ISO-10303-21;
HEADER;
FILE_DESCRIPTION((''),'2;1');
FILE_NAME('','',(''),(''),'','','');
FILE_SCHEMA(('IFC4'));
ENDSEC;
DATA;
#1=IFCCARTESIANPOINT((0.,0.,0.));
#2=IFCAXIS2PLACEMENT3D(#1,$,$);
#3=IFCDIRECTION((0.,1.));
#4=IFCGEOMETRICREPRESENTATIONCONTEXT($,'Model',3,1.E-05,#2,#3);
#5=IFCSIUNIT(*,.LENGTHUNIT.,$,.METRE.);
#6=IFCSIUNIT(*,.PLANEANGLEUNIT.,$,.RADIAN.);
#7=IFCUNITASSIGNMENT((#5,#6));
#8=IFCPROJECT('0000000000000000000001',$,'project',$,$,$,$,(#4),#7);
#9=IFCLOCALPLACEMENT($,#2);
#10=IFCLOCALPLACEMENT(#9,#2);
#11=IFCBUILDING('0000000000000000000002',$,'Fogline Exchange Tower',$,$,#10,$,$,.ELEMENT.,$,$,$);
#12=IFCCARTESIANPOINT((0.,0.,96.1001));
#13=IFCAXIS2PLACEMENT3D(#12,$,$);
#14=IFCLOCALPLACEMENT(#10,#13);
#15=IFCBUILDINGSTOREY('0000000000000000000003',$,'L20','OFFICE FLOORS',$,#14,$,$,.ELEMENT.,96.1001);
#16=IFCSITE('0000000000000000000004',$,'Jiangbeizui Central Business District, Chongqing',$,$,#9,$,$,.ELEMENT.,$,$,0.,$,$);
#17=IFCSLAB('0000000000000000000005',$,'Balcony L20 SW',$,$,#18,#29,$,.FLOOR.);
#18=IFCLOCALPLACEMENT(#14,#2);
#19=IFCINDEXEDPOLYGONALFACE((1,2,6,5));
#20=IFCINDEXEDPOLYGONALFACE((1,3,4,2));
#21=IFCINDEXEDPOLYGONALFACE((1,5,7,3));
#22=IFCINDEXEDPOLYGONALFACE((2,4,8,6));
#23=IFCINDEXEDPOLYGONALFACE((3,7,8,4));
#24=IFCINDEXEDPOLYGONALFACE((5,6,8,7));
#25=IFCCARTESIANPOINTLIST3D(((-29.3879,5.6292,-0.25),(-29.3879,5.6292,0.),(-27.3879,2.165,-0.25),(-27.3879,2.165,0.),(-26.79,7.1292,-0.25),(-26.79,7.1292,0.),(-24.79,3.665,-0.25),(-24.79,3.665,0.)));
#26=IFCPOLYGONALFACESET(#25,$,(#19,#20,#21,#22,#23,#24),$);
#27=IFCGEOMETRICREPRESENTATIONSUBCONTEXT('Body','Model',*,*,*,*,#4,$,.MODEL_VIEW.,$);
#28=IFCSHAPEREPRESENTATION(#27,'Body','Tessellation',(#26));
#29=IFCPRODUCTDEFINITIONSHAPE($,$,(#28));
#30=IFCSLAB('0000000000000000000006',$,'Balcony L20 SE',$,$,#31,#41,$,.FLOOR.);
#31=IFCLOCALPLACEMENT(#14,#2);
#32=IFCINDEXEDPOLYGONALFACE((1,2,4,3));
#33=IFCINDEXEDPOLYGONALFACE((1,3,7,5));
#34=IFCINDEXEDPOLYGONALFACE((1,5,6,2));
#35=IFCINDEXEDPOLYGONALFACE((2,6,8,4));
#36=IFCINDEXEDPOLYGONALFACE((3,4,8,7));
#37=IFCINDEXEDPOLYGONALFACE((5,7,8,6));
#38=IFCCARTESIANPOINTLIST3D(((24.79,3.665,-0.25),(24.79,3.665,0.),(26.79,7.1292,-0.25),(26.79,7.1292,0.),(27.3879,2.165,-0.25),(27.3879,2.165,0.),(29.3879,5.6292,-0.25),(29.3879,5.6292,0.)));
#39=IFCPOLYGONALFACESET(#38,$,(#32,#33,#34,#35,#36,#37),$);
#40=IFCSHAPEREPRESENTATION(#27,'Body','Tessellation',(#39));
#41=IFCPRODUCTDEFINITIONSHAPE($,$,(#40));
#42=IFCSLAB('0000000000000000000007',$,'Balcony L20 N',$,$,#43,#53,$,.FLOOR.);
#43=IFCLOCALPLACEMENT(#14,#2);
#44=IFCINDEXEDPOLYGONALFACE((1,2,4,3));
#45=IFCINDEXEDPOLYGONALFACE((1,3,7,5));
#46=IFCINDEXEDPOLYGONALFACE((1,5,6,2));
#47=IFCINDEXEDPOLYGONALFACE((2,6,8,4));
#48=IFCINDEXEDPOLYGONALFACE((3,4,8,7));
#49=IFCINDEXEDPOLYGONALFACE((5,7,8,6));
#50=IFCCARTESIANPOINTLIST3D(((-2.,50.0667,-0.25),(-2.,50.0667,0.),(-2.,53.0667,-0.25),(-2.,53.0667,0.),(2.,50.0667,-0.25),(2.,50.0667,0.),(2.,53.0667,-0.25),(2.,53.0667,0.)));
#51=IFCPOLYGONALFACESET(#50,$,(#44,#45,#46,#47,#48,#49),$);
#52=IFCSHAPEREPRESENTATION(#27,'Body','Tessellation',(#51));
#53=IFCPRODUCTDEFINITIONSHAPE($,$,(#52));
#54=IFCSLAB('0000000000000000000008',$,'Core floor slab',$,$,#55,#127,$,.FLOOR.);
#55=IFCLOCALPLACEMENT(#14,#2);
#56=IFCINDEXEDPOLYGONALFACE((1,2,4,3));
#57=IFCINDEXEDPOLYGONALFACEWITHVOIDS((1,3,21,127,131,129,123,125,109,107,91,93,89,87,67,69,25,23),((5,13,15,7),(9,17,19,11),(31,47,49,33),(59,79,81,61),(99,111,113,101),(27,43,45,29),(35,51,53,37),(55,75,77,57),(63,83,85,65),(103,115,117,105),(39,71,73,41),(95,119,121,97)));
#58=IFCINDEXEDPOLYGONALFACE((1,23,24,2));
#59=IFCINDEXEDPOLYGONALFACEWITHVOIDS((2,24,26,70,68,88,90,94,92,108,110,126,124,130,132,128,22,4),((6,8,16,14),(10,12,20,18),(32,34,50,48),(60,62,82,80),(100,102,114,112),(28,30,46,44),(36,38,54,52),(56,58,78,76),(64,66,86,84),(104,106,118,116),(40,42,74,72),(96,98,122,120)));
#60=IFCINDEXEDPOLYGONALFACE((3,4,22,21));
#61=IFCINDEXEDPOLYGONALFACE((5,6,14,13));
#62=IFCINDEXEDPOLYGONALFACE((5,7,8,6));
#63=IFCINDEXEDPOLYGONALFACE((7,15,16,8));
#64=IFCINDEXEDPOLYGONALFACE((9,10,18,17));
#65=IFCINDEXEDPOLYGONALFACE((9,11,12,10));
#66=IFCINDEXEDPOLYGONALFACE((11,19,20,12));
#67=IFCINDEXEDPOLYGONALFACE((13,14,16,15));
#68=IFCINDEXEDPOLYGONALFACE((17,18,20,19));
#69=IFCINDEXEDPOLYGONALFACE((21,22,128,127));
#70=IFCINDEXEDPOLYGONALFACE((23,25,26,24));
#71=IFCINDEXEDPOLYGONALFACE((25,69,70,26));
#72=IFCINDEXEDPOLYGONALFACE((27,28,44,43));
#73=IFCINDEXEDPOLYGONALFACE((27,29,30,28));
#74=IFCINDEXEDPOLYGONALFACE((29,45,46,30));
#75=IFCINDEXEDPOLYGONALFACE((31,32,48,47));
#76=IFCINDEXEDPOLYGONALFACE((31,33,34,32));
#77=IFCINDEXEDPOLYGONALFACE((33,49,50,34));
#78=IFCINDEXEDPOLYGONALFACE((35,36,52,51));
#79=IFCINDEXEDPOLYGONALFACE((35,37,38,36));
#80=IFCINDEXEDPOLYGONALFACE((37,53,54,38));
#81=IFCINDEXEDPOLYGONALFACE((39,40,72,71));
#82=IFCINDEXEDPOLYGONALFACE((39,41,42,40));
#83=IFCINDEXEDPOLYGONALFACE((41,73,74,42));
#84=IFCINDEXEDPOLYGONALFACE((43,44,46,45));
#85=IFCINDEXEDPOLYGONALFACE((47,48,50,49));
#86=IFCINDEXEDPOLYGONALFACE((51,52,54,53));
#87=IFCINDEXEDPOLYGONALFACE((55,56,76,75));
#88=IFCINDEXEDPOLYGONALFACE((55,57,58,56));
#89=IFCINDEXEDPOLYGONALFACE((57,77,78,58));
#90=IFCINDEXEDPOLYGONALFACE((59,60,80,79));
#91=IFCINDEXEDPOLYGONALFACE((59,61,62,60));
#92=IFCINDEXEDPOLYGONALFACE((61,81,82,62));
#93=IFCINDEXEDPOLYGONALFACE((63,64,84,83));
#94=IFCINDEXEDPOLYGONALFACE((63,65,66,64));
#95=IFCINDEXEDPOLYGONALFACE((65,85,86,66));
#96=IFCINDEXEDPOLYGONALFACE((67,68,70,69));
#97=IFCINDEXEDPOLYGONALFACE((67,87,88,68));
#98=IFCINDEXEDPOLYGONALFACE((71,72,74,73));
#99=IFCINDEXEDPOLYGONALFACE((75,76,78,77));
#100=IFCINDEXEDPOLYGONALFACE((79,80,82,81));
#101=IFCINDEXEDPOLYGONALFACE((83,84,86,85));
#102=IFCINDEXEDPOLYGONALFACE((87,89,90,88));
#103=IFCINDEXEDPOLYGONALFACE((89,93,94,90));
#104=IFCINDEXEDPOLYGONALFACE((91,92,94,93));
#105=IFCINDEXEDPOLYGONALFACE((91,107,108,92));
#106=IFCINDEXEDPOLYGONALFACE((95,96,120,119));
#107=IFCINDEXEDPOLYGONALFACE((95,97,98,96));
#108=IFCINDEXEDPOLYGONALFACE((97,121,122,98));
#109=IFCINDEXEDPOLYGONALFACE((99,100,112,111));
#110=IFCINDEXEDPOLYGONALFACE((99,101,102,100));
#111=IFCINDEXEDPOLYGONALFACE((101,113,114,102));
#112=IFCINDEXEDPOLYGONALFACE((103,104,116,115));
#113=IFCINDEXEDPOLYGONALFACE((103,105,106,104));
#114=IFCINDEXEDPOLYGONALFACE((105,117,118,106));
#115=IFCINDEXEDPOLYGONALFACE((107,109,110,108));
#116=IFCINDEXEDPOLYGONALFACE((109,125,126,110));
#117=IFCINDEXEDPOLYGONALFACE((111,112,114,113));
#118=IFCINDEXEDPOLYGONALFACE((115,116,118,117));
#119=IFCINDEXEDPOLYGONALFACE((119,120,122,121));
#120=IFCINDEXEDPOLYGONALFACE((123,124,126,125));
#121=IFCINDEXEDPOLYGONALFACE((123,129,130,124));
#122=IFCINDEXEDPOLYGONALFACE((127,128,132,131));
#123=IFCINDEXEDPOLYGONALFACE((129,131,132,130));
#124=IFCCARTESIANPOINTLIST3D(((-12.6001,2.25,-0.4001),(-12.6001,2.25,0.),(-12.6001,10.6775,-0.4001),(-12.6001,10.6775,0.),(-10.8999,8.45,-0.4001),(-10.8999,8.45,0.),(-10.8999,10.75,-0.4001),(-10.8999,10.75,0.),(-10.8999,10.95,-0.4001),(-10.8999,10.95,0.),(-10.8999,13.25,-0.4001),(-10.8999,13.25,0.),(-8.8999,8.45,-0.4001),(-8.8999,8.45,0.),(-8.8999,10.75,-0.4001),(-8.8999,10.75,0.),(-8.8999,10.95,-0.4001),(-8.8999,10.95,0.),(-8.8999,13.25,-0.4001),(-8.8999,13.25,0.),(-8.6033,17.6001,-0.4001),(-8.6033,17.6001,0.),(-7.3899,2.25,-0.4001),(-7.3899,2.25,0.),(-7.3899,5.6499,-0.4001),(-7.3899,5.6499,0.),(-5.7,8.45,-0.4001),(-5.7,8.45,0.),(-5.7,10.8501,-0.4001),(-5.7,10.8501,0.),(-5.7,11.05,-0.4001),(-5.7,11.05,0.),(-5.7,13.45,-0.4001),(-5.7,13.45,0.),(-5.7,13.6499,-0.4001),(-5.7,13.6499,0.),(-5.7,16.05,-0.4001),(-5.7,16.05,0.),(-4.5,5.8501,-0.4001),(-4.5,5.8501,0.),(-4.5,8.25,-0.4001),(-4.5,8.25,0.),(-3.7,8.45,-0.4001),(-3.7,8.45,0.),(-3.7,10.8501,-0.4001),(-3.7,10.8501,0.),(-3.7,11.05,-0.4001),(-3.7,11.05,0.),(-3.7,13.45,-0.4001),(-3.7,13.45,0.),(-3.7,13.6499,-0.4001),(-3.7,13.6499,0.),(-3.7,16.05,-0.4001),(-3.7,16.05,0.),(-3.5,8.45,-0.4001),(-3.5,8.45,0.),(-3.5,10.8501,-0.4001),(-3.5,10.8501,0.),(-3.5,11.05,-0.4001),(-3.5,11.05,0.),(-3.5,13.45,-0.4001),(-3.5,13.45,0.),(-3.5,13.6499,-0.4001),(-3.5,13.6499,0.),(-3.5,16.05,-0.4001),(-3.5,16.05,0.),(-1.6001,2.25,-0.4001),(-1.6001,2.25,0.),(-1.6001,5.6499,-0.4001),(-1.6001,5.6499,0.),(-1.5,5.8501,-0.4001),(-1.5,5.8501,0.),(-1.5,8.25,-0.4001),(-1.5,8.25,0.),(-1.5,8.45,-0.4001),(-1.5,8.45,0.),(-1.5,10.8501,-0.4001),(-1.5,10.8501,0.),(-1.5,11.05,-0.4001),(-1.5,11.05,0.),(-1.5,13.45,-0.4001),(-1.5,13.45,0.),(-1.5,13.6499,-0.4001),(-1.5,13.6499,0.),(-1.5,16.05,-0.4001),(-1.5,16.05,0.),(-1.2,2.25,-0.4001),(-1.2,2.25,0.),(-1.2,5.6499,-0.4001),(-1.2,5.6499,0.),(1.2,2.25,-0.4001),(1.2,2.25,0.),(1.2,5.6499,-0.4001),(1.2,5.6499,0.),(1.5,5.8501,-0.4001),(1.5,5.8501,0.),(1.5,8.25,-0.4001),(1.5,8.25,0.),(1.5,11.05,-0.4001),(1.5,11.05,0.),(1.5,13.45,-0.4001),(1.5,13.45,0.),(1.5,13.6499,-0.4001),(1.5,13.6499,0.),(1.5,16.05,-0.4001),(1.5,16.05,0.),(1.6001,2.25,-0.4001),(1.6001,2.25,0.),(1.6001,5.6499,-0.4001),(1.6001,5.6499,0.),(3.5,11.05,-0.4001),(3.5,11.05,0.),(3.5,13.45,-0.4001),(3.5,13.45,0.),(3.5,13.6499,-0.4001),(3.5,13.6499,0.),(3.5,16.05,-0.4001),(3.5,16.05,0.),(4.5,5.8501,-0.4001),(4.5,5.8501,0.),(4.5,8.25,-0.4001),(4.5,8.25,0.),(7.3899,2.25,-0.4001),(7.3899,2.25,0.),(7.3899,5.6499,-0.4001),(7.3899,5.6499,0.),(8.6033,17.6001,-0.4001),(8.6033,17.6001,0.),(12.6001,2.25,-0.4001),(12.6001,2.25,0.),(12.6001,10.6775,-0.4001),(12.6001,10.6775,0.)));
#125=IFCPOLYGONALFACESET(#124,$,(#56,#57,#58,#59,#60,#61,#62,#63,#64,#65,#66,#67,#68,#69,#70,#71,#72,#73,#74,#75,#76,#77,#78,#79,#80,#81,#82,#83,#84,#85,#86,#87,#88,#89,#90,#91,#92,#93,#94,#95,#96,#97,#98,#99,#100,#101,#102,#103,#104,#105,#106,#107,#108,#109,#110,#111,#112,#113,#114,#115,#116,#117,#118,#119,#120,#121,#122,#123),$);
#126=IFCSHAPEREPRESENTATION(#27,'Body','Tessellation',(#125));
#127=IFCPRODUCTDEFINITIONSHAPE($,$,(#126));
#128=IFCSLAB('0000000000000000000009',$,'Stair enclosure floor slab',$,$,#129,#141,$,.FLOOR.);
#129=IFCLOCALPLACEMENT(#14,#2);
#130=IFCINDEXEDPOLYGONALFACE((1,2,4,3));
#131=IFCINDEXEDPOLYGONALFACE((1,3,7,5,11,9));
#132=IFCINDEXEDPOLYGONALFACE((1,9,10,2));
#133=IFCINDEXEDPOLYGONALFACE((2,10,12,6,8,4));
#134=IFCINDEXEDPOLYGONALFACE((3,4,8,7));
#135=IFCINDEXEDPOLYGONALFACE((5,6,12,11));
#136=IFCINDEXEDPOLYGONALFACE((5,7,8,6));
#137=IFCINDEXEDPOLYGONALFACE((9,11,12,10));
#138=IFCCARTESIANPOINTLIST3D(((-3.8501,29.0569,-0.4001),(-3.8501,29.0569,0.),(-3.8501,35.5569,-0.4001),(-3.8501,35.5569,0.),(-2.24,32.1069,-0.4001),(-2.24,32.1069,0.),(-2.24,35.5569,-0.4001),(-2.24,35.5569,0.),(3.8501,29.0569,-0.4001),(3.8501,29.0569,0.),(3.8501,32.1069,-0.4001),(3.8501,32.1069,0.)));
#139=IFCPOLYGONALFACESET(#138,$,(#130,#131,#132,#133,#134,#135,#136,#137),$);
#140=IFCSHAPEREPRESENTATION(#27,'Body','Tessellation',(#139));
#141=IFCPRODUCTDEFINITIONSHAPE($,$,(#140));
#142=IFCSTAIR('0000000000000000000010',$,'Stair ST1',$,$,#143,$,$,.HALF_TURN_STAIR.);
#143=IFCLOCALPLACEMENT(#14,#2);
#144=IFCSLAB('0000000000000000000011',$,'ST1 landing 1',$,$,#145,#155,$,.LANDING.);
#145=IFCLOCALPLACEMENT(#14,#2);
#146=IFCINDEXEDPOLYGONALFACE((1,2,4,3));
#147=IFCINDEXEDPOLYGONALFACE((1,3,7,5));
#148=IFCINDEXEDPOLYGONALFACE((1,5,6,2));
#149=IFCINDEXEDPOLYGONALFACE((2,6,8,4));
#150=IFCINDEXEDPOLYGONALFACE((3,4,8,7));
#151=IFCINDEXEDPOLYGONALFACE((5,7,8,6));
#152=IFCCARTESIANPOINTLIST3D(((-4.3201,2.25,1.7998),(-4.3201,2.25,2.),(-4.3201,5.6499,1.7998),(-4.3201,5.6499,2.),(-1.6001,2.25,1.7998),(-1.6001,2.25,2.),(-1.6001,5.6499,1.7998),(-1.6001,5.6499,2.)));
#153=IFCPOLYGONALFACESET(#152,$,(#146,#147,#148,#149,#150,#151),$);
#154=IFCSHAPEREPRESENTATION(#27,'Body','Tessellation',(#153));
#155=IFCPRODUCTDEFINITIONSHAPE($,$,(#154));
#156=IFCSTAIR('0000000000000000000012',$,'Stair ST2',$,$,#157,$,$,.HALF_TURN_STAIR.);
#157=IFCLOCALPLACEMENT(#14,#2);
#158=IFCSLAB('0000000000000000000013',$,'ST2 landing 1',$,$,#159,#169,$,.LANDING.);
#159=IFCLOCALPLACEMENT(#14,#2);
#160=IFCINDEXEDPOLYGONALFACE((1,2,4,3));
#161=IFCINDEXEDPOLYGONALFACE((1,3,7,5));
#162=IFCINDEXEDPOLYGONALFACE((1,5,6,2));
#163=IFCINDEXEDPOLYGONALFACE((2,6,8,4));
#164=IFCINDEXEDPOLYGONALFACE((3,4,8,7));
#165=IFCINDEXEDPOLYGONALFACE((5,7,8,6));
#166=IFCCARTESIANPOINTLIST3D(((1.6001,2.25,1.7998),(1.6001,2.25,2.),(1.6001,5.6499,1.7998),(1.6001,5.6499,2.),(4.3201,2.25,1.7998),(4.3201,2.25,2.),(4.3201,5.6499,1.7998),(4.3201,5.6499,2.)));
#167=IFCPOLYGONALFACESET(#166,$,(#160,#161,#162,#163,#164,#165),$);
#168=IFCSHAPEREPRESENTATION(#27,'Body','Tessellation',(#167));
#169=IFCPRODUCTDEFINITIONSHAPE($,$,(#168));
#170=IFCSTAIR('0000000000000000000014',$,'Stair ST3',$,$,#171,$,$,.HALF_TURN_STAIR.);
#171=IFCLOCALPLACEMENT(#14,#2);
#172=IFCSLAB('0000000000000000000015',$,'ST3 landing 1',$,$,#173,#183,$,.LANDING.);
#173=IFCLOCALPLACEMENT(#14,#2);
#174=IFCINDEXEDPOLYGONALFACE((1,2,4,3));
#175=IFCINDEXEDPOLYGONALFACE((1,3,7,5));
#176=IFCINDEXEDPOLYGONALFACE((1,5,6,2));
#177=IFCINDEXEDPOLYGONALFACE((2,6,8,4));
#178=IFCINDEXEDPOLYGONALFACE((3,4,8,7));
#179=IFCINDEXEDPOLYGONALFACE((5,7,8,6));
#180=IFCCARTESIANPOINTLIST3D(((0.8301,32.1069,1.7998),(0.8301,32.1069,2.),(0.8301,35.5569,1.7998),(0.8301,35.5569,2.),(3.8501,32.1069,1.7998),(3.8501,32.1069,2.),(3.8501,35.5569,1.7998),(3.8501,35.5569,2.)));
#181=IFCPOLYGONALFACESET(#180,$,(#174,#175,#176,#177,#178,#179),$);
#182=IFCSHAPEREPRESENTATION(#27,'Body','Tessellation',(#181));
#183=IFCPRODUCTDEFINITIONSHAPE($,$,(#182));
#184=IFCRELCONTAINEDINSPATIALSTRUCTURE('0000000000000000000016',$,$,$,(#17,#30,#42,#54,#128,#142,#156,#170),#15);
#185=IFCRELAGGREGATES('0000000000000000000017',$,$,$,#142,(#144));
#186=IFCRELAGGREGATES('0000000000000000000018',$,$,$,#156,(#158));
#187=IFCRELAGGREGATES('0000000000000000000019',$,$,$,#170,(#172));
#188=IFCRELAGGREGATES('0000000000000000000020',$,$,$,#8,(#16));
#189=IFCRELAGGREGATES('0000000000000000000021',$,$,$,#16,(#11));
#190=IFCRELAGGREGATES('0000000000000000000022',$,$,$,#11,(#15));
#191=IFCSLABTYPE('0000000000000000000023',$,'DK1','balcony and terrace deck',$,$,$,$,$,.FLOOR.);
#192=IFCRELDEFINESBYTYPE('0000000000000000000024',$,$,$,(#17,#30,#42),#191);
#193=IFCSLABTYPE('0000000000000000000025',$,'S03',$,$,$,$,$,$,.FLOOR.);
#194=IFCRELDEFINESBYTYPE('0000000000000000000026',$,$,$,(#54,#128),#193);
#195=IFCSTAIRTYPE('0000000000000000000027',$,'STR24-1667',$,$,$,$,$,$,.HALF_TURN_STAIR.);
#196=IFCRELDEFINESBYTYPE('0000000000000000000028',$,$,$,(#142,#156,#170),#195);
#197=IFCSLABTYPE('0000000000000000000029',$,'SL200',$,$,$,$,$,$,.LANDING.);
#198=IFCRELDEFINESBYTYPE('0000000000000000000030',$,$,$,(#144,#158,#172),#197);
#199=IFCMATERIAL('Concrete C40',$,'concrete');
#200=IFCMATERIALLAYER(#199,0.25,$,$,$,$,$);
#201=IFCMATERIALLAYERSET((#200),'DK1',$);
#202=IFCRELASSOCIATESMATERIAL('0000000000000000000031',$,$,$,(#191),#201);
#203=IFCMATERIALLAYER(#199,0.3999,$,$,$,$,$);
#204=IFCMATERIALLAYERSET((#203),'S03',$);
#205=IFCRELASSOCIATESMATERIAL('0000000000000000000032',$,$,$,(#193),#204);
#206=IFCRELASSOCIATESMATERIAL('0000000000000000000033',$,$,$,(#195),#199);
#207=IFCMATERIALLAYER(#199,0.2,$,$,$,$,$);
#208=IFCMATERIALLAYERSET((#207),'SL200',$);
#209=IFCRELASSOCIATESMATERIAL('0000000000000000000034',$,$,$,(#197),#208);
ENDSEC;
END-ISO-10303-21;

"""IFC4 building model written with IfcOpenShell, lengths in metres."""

from ifc_helpers import new_model, si_unit, direction, frame, origin, place, context, subcontext, project, spatial, polyline, outline, extrude, material, layer, layer_set, type_object, element, aggregate, save


model = new_model("IFC4")

# Units and contexts
model_context = context("Model", 3, precision=1e-05, world=origin(), true_north=direction((0.0, 1.0)))
body_context = subcontext(model_context, "Body", "Model", "MODEL_VIEW")
ifc_project = project(units=[si_unit("LENGTHUNIT", "METRE"), si_unit("PLANEANGLEUNIT", "RADIAN")], contexts=[model_context])

# Site, building, storey
site_placement = place(None, origin())
site = spatial("IfcSite", under=ifc_project, at=site_placement, Name="Jiangbeizui Central Business District, Chongqing", CompositionType="ELEMENT", RefElevation=0.0)
building_placement = place(site_placement, origin())
building = spatial("IfcBuilding", under=site, at=building_placement, Name="Fogline Exchange Tower", CompositionType="ELEMENT")
storey_placement = place(building_placement, frame((0.0, 0.0, 96.1001)))
storey = spatial("IfcBuildingStorey", under=building, at=storey_placement, Name="L20", Description="OFFICE FLOORS", CompositionType="ELEMENT", Elevation=96.1001)

# Slabs
ifc_material_1 = material(Name="Concrete C40", Category="concrete")
ifc_layer_1 = layer(ifc_material_1, 0.25)
ifc_layer_set_1 = layer_set([ifc_layer_1], Name="DK1")
slab_type_1 = type_object("IfcSlabType", Name="DK1", Description="balcony and terrace deck", PredefinedType="FLOOR", material=ifc_layer_set_1)
slab_1_placement = place(storey_placement, frame((0.0, 0.0, -0.25)))
element("IfcSlab", 1, at=slab_1_placement, inside=storey, type_object=slab_type_1, Name="Balcony L20 SW", PredefinedType="FLOOR", context=body_context, shape_type="SweptSolid", body=[
    extrude(outline(polyline([(-29.3879, 5.6292), (-27.3879, 2.165), (-24.79, 3.665), (-26.79, 7.1292), (-29.3879, 5.6292)])), origin(), (0.0, 0.0, 1.0), 0.25),
])
slab_2_placement = place(storey_placement, frame((0.0, 0.0, -0.25)))
element("IfcSlab", 2, at=slab_2_placement, inside=storey, type_object=slab_type_1, Name="Balcony L20 SE", PredefinedType="FLOOR", context=body_context, shape_type="SweptSolid", body=[
    extrude(outline(polyline([(27.3879, 2.165), (29.3879, 5.6292), (26.79, 7.1292), (24.79, 3.665), (27.3879, 2.165)])), origin(), (0.0, 0.0, 1.0), 0.25),
])
slab_3_placement = place(storey_placement, frame((0.0, 0.0, -0.25)))
element("IfcSlab", 3, at=slab_3_placement, inside=storey, type_object=slab_type_1, Name="Balcony L20 N", PredefinedType="FLOOR", context=body_context, shape_type="SweptSolid", body=[
    extrude(outline(polyline([(2.0, 53.0667), (-2.0, 53.0667), (-2.0, 50.0667), (2.0, 50.0667), (2.0, 53.0667)])), origin(), (0.0, 0.0, 1.0), 0.25),
])
ifc_layer_2 = layer(ifc_material_1, 0.3999)
ifc_layer_set_2 = layer_set([ifc_layer_2], Name="S03")
slab_type_2 = type_object("IfcSlabType", Name="S03", PredefinedType="FLOOR", material=ifc_layer_set_2)
slab_4_placement = place(storey_placement, frame((0.0, 0.0, -0.4001)))
element("IfcSlab", 4, at=slab_4_placement, inside=storey, type_object=slab_type_2, Name="Core floor slab", PredefinedType="FLOOR", context=body_context, shape_type="SweptSolid", body=[
    extrude(outline(polyline([(-12.6001, 2.25), (-12.6001, 10.6775), (-8.6033, 17.6001), (8.6033, 17.6001), (12.6001, 10.6775), (12.6001, 2.25), (7.3899, 2.25), (7.3899, 5.6499), (1.6001, 5.6499), (1.6001, 2.25), (1.2, 2.25), (1.2, 5.6499), (-1.2, 5.6499), (-1.2, 2.25), (-1.6001, 2.25), (-1.6001, 5.6499), (-7.3899, 5.6499), (-7.3899, 2.25), (-12.6001, 2.25)]), holes=[polyline([(-1.5, 8.25), (-4.5, 8.25), (-4.5, 5.8501), (-1.5, 5.8501), (-1.5, 8.25)]), polyline([(-8.8999, 10.75), (-10.8999, 10.75), (-10.8999, 8.45), (-8.8999, 8.45), (-8.8999, 10.75)]), polyline([(-3.7, 10.8501), (-5.7, 10.8501), (-5.7, 8.45), (-3.7, 8.45), (-3.7, 10.8501)]), polyline([(-1.5, 10.8501), (-3.5, 10.8501), (-3.5, 8.45), (-1.5, 8.45), (-1.5, 10.8501)]), polyline([(-8.8999, 13.25), (-10.8999, 13.25), (-10.8999, 10.95), (-8.8999, 10.95), (-8.8999, 13.25)]), polyline([(-3.7, 13.45), (-5.7, 13.45), (-5.7, 11.05), (-3.7, 11.05), (-3.7, 13.45)]), polyline([(-3.7, 16.05), (-5.7, 16.05), (-5.7, 13.6499), (-3.7, 13.6499), (-3.7, 16.05)]), polyline([(4.5, 8.25), (1.5, 8.25), (1.5, 5.8501), (4.5, 5.8501), (4.5, 8.25)]), polyline([(-1.5, 13.45), (-3.5, 13.45), (-3.5, 11.05), (-1.5, 11.05), (-1.5, 13.45)]), polyline([(3.5, 13.45), (1.5, 13.45), (1.5, 11.05), (3.5, 11.05), (3.5, 13.45)]), polyline([(-1.5, 16.05), (-3.5, 16.05), (-3.5, 13.6499), (-1.5, 13.6499), (-1.5, 16.05)]), polyline([(3.5, 16.05), (1.5, 16.05), (1.5, 13.6499), (3.5, 13.6499), (3.5, 16.05)])]), origin(), (0.0, 0.0, 1.0), 0.4001),
])
slab_5_placement = place(storey_placement, frame((0.0, 0.0, -0.4001)))
element("IfcSlab", 5, at=slab_5_placement, inside=storey, type_object=slab_type_2, Name="Stair enclosure floor slab", PredefinedType="FLOOR", context=body_context, shape_type="SweptSolid", body=[
    extrude(outline(polyline([(3.8501, 29.0569), (-3.8501, 29.0569), (-3.8501, 35.5569), (-2.24, 35.5569), (-2.24, 32.1069), (3.8501, 32.1069), (3.8501, 29.0569)])), origin(), (0.0, 0.0, 1.0), 0.4001),
])

# Stairs, slabs
stair_type = type_object("IfcStairType", Name="STR24-1667", PredefinedType="HALF_TURN_STAIR", material=ifc_material_1)
stair_1_placement = place(storey_placement, origin())
stair_1 = element("IfcStair", 6, at=stair_1_placement, inside=storey, type_object=stair_type, Name="Stair ST1", PredefinedType="HALF_TURN_STAIR")
ifc_layer_3 = layer(ifc_material_1, 0.2)
ifc_layer_set_3 = layer_set([ifc_layer_3], Name="SL200")
slab_type_3 = type_object("IfcSlabType", Name="SL200", PredefinedType="LANDING", material=ifc_layer_set_3)
slab_6_placement = place(storey_placement, frame((0.0, 0.0, 1.7998)))
slab_6 = element("IfcSlab", 7, at=slab_6_placement, type_object=slab_type_3, Name="ST1 landing 1", PredefinedType="LANDING", context=body_context, shape_type="SweptSolid", body=[
    extrude(outline(polyline([(-4.3201, 2.25), (-1.6001, 2.25), (-1.6001, 5.6499), (-4.3201, 5.6499), (-4.3201, 2.25)])), origin(), (0.0, 0.0, 1.0), 0.2002),
])
aggregate(stair_1, [slab_6])
stair_2_placement = place(storey_placement, origin())
stair_2 = element("IfcStair", 8, at=stair_2_placement, inside=storey, type_object=stair_type, Name="Stair ST2", PredefinedType="HALF_TURN_STAIR")
slab_7_placement = place(storey_placement, frame((0.0, 0.0, 1.7998)))
slab_7 = element("IfcSlab", 9, at=slab_7_placement, type_object=slab_type_3, Name="ST2 landing 1", PredefinedType="LANDING", context=body_context, shape_type="SweptSolid", body=[
    extrude(outline(polyline([(1.6001, 2.25), (4.3201, 2.25), (4.3201, 5.6499), (1.6001, 5.6499), (1.6001, 2.25)])), origin(), (0.0, 0.0, 1.0), 0.2002),
])
aggregate(stair_2, [slab_7])
stair_3_placement = place(storey_placement, origin())
stair_3 = element("IfcStair", 10, at=stair_3_placement, inside=storey, type_object=stair_type, Name="Stair ST3", PredefinedType="HALF_TURN_STAIR")
slab_8_placement = place(storey_placement, frame((0.0, 0.0, 1.7998)))
slab_8 = element("IfcSlab", 11, at=slab_8_placement, type_object=slab_type_3, Name="ST3 landing 1", PredefinedType="LANDING", context=body_context, shape_type="SweptSolid", body=[
    extrude(outline(polyline([(0.8301, 32.1069), (3.8501, 32.1069), (3.8501, 35.5569), (0.8301, 35.5569), (0.8301, 32.1069)])), origin(), (0.0, 0.0, 1.0), 0.2002),
])
aggregate(stair_3, [slab_8])

save(model, "model.ifc")
